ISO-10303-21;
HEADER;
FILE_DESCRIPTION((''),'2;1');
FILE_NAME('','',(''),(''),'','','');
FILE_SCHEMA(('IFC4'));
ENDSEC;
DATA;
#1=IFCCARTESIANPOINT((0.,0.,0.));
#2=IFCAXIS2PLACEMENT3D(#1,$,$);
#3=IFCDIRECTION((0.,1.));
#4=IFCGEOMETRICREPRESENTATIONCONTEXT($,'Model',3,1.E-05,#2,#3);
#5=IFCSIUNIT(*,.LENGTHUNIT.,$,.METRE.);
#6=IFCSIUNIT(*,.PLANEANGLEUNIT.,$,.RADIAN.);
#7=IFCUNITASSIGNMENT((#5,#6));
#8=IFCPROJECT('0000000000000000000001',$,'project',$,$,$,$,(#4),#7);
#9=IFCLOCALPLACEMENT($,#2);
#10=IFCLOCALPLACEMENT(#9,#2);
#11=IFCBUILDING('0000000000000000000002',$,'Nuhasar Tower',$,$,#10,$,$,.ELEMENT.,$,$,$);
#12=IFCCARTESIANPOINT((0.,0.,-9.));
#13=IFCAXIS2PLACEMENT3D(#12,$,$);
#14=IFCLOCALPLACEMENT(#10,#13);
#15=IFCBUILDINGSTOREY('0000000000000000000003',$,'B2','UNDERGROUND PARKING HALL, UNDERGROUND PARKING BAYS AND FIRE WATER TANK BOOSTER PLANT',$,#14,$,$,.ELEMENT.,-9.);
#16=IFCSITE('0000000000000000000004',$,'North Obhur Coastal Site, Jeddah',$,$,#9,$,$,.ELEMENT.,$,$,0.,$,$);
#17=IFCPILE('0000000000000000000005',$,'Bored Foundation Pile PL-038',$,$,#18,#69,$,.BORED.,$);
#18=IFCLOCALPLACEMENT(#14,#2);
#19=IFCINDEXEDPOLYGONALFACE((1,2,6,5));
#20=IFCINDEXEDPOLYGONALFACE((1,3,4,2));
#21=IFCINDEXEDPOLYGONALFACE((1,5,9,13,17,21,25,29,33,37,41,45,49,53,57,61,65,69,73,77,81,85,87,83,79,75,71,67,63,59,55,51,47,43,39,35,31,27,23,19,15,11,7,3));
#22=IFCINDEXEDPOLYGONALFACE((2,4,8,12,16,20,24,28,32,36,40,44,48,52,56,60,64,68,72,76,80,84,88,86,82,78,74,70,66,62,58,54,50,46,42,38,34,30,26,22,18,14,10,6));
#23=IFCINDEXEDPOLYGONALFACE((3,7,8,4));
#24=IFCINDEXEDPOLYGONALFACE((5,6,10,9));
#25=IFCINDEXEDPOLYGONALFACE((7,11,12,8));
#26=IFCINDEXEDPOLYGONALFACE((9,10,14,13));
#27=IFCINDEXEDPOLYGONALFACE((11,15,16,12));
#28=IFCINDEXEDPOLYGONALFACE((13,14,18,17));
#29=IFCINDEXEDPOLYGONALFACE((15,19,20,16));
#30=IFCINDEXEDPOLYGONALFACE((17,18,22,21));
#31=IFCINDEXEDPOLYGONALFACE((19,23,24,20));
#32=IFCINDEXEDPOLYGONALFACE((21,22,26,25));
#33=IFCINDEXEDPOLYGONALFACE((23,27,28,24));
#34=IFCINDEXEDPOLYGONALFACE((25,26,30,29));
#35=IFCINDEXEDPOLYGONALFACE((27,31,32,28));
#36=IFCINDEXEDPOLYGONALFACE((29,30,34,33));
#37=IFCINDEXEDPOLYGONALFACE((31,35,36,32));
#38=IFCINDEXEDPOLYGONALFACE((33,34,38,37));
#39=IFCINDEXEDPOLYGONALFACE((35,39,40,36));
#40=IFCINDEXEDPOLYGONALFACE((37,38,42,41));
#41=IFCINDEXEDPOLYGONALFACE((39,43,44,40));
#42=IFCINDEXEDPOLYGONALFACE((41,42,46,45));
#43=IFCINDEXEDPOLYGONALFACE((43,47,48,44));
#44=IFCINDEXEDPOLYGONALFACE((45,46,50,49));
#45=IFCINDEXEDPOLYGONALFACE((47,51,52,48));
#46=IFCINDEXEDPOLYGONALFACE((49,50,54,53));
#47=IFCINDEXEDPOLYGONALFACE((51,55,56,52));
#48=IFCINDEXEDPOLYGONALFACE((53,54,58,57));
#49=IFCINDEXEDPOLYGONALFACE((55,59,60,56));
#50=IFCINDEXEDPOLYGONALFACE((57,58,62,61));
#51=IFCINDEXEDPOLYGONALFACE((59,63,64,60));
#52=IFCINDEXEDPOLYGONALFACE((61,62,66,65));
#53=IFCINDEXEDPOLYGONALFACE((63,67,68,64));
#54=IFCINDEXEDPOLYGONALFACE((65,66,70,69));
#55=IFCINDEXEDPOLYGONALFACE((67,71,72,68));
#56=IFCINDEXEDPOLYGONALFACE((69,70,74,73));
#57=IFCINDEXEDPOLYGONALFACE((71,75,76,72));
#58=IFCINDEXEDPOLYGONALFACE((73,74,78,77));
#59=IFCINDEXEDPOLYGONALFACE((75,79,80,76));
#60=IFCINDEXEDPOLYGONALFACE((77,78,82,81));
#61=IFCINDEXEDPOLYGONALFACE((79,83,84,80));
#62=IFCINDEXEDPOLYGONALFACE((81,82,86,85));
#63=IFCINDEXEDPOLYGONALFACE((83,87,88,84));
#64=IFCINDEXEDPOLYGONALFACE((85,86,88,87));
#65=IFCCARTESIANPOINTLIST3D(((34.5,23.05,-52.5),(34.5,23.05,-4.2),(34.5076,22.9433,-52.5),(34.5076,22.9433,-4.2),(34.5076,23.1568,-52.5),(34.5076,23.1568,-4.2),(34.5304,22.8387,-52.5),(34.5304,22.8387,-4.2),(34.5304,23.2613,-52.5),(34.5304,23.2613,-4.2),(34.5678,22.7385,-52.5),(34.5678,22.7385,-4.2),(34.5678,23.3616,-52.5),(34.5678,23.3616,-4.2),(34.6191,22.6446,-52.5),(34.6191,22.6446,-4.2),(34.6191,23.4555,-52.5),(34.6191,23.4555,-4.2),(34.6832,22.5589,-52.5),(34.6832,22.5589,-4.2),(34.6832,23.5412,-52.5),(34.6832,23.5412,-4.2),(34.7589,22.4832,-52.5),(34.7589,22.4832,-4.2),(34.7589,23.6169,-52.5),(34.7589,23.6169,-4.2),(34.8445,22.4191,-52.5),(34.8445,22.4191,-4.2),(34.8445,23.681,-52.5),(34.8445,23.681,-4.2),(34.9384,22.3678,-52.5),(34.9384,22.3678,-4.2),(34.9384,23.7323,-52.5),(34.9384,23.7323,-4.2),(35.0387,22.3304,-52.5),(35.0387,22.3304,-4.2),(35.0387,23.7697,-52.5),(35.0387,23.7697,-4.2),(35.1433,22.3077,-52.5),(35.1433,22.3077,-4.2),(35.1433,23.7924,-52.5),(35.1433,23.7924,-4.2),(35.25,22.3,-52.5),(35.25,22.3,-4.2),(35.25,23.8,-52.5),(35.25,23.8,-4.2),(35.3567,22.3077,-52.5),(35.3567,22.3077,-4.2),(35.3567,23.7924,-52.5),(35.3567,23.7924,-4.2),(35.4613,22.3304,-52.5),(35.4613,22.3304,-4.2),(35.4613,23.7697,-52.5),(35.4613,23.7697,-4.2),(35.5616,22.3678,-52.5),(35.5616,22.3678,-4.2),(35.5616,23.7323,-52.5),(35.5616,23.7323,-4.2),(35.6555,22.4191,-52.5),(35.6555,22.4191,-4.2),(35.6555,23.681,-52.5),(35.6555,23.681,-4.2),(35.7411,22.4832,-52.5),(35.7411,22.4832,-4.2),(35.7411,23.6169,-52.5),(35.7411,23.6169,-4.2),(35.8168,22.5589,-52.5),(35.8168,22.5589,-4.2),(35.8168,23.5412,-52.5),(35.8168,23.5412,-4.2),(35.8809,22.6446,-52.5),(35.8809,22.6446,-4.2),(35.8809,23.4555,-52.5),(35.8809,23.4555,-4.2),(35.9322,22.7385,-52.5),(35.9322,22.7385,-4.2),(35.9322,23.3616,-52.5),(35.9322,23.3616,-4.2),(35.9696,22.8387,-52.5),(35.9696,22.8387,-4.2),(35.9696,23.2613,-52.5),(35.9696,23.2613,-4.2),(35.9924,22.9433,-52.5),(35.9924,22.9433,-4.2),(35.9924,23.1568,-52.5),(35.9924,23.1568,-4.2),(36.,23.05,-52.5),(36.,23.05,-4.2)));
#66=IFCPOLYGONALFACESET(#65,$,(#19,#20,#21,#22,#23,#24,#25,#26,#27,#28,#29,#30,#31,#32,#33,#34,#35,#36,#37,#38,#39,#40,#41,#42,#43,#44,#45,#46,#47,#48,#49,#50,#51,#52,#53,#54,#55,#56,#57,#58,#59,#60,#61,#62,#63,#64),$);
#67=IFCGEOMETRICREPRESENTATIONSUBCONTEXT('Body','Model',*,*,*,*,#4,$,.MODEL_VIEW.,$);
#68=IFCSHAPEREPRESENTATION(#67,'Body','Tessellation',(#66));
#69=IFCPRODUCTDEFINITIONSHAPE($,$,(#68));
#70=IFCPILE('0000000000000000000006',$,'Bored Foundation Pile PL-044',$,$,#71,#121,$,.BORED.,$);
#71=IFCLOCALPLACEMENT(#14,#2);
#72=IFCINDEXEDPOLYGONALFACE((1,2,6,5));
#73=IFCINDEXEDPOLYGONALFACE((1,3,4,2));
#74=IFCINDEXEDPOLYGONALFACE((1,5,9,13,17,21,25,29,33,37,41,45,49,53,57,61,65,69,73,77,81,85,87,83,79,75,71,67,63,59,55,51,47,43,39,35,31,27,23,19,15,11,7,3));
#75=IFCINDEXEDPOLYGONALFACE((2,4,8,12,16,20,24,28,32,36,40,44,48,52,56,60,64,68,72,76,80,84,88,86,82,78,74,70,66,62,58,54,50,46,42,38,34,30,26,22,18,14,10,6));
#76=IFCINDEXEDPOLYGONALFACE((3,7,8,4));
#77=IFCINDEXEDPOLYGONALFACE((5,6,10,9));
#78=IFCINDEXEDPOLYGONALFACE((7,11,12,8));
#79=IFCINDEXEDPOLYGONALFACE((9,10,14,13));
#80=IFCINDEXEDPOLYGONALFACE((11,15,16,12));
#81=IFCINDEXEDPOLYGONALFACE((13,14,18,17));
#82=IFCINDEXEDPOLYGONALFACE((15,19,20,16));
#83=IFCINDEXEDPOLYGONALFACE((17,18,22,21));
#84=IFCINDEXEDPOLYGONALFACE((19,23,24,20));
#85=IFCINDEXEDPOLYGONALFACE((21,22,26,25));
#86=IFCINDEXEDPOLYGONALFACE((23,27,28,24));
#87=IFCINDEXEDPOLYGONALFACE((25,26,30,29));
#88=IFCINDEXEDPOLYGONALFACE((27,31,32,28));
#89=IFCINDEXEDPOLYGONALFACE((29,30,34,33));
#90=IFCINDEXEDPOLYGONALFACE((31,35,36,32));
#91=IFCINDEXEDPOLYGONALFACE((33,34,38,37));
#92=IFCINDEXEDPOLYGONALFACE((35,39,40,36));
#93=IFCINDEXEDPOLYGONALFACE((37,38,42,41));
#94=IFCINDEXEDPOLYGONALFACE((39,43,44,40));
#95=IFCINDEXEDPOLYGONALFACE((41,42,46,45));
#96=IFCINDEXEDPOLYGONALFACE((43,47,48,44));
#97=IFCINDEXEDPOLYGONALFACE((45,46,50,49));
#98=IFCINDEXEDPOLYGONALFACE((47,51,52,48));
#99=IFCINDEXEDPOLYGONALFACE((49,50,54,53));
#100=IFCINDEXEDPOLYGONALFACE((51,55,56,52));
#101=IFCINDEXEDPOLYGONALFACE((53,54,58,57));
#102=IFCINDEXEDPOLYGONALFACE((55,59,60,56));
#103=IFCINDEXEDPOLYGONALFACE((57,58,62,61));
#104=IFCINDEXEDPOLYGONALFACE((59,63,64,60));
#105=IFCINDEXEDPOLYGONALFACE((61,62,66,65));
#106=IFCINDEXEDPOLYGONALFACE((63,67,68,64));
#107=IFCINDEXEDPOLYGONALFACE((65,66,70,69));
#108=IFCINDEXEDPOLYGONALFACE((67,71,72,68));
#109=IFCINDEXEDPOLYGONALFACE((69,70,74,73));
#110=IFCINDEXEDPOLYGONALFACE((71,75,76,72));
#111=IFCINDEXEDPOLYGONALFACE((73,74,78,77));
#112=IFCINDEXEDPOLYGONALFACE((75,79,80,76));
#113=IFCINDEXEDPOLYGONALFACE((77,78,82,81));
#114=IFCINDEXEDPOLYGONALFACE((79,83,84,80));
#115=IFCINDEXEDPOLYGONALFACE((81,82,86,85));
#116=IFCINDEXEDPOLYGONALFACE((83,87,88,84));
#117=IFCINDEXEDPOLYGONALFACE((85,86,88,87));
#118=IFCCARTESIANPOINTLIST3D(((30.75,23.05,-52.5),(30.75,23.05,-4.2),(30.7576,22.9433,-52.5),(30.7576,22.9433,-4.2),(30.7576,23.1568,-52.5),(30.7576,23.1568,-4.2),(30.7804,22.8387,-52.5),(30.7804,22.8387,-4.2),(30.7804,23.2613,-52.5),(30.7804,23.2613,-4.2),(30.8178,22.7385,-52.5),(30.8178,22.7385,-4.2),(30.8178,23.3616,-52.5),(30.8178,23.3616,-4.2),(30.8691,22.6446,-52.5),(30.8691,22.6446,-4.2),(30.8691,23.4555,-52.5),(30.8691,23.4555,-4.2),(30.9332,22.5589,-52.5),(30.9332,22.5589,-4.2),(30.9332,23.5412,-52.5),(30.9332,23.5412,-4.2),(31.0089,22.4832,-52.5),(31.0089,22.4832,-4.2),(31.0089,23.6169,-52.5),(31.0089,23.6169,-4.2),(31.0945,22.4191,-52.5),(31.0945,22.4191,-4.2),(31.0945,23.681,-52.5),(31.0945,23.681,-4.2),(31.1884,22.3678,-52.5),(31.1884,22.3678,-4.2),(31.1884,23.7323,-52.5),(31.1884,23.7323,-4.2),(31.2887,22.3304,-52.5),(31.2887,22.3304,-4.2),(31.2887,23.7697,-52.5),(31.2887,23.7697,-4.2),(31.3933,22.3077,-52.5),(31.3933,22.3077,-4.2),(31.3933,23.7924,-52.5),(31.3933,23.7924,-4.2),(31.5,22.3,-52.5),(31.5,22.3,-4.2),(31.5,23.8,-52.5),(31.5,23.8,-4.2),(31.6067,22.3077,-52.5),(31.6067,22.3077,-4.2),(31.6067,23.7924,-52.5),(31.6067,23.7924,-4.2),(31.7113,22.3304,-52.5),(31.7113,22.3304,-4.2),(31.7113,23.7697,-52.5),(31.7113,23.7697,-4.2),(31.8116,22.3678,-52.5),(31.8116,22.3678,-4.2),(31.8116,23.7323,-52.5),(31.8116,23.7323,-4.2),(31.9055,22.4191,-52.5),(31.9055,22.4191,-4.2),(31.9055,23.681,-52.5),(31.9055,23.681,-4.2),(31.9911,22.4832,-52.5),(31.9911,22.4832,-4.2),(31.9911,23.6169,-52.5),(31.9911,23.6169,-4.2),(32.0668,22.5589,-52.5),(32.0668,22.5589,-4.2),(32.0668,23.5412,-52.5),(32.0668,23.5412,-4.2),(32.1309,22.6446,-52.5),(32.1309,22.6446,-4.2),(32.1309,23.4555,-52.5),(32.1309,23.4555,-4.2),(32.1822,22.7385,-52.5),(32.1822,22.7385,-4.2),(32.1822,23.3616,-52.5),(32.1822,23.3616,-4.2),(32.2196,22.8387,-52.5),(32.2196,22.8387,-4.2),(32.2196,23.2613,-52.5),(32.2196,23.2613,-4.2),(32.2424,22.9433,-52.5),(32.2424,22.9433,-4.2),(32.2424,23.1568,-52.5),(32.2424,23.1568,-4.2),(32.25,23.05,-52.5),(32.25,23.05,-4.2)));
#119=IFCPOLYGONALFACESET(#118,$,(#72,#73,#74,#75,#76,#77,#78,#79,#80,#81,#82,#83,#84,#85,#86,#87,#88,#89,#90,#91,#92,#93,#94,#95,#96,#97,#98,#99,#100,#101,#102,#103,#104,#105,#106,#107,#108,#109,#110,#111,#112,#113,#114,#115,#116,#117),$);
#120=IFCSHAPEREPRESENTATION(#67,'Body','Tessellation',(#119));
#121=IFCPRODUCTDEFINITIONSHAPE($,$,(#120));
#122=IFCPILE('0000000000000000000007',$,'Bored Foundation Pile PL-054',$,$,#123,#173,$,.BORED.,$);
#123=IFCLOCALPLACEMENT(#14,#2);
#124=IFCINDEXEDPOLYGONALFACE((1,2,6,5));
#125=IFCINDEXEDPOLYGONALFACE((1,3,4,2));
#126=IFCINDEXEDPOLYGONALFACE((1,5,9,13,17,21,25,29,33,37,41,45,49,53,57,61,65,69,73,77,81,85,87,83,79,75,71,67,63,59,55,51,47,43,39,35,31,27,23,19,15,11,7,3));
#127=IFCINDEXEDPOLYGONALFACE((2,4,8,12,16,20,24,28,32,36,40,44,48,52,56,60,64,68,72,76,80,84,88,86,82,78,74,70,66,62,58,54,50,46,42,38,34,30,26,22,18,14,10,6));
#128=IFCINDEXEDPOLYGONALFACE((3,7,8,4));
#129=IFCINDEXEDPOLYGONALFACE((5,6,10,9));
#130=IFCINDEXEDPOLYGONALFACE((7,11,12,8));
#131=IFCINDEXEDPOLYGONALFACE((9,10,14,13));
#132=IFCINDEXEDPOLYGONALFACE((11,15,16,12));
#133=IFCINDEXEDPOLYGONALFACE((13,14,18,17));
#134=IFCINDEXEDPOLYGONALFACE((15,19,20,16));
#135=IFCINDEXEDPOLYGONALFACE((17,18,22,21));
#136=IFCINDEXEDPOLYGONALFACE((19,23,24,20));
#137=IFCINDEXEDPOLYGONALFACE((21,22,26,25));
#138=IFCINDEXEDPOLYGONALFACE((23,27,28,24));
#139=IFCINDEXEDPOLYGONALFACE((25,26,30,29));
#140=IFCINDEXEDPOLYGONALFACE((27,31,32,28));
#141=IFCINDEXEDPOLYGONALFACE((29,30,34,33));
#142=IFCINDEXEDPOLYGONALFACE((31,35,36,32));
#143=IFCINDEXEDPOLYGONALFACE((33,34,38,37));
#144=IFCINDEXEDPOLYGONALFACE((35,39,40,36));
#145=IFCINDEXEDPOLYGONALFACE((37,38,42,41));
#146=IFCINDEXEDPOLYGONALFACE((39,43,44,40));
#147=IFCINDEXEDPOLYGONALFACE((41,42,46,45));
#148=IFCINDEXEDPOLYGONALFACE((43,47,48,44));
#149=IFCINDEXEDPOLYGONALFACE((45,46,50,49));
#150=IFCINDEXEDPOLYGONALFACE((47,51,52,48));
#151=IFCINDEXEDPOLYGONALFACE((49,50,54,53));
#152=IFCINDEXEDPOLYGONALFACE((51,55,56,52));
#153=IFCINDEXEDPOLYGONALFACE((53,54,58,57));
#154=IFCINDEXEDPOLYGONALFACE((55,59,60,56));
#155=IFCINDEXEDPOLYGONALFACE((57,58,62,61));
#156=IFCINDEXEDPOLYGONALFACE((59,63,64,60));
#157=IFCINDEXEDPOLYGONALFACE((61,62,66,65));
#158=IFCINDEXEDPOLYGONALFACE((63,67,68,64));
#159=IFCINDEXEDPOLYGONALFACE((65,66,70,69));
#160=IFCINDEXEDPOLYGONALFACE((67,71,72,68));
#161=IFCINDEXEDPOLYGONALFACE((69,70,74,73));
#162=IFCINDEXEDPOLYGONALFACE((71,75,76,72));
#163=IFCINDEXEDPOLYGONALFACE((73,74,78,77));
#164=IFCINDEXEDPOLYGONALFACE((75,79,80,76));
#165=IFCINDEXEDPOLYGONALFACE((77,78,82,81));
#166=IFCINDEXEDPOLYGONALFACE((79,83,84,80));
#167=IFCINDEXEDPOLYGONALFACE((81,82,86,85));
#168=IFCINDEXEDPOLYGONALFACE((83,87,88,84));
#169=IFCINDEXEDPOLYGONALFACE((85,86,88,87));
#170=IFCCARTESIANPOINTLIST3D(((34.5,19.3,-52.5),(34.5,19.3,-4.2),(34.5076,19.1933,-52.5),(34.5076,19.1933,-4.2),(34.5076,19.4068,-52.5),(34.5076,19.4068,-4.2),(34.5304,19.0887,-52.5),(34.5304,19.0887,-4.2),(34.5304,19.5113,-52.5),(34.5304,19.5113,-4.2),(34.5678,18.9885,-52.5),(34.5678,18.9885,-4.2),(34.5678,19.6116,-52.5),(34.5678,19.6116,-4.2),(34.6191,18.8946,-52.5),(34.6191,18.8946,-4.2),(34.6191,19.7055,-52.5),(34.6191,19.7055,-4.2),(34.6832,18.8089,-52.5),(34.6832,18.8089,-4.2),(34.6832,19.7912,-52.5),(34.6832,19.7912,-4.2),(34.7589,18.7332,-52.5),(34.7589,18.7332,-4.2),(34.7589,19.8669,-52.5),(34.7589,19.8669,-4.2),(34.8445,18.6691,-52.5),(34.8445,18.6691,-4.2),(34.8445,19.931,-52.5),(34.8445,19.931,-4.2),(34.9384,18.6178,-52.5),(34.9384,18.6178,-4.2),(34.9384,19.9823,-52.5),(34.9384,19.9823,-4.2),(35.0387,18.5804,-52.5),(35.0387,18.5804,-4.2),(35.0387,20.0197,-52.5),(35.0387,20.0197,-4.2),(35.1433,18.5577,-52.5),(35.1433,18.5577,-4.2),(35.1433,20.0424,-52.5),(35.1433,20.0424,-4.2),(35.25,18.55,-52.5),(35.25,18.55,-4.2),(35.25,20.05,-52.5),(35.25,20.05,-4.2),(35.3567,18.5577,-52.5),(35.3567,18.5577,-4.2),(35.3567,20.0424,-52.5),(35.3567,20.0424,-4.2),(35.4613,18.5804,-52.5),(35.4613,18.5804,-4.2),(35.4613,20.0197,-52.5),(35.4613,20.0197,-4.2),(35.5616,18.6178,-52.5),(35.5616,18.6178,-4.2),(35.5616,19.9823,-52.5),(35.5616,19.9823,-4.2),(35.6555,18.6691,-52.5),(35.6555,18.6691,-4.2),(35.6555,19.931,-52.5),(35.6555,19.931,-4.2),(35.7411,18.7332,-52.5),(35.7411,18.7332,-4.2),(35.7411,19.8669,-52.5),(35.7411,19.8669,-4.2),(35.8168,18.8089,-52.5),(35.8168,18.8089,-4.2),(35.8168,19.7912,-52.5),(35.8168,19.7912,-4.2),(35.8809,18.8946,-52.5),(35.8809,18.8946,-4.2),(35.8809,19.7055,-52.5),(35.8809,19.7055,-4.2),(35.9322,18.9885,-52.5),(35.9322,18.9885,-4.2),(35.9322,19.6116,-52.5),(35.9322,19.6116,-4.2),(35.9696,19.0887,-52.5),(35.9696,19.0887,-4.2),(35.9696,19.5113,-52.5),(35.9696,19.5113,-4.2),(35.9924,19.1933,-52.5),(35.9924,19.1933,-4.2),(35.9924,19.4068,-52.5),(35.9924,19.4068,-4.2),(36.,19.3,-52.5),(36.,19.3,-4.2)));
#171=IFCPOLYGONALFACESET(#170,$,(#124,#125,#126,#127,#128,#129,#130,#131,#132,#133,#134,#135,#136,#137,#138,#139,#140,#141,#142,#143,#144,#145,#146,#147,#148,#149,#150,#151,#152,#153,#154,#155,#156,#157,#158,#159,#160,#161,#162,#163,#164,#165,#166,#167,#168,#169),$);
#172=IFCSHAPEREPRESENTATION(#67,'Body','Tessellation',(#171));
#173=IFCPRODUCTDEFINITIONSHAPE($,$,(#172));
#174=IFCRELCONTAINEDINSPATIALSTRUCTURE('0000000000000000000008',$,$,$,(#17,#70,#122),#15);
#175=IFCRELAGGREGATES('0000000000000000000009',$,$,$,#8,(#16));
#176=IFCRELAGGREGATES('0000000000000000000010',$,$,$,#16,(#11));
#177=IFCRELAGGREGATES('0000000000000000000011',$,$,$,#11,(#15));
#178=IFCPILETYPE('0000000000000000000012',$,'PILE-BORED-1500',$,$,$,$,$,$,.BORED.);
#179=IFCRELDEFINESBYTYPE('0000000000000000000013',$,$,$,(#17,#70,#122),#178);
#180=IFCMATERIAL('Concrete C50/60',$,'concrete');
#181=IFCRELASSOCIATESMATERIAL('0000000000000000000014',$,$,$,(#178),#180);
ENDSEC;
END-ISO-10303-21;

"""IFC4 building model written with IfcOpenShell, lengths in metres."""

from ifc_helpers import new_model, si_unit, direction, frame, origin, origin_2d, place, context, subcontext, project, spatial, circle, extrude, material, material_profile, profile_set, type_object, element, save


model = new_model("IFC4")

# Units and contexts
model_context = context("Model", 3, precision=1e-05, world=origin(), true_north=direction((0.0, 1.0)))
body_context = subcontext(model_context, "Body", "Model", "MODEL_VIEW")
ifc_project = project(units=[si_unit("LENGTHUNIT", "METRE"), si_unit("PLANEANGLEUNIT", "RADIAN")], contexts=[model_context])

# Site, building, storey
site_placement = place(None, origin())
site = spatial("IfcSite", under=ifc_project, at=site_placement, Name="North Obhur Coastal Site, Jeddah", CompositionType="ELEMENT", RefElevation=0.0)
building_placement = place(site_placement, origin())
building = spatial("IfcBuilding", under=site, at=building_placement, Name="Nuhasar Tower", CompositionType="ELEMENT")
storey_placement = place(building_placement, frame((0.0, 0.0, -9.0)))
storey = spatial("IfcBuildingStorey", under=building, at=storey_placement, Name="B2", Description="UNDERGROUND PARKING HALL, UNDERGROUND PARKING BAYS AND FIRE WATER TANK BOOSTER PLANT", CompositionType="ELEMENT", Elevation=-9.0)

# Piles
ifc_material_1 = material(Name="Concrete C50/60", Category="concrete")
ifc_material_profile = material_profile(ifc_material_1, circle(Radius=0.75, at=origin_2d()), Name="PILE1500")
ifc_profile_set = profile_set([ifc_material_profile], Name="Concrete C50/60")
pile_type = type_object("IfcPileType", Name="PILE-BORED-1500", PredefinedType="BORED", material=ifc_profile_set)
for number, where, z_axis, x_axis, name in (
    (1, (35.25, 23.05, -4.2), (0.0, 0.0, -1.0), (1.0, 0.0, 0.0), "Bored Foundation Pile PL-038"),
    (2, (31.5, 23.05, -4.2), (0.0, 0.0, -1.0), (1.0, 0.0, 0.0), "Bored Foundation Pile PL-044"),
    (3, (35.25, 19.3, -4.2), (0.0, 0.0, -1.0), (1.0, 0.0, 0.0), "Bored Foundation Pile PL-054"),
):
    element("IfcPile", number, at=place(storey_placement, frame(where, z_axis=z_axis, x_axis=x_axis)), inside=storey, type_object=pile_type, Name=name, PredefinedType="BORED", context=body_context, shape_type="SweptSolid", body=[
        extrude(circle(Radius=0.75, at=origin_2d()), origin(), (0.0, 0.0, 1.0), 48.3),
    ])

save(model, "model.ifc")
